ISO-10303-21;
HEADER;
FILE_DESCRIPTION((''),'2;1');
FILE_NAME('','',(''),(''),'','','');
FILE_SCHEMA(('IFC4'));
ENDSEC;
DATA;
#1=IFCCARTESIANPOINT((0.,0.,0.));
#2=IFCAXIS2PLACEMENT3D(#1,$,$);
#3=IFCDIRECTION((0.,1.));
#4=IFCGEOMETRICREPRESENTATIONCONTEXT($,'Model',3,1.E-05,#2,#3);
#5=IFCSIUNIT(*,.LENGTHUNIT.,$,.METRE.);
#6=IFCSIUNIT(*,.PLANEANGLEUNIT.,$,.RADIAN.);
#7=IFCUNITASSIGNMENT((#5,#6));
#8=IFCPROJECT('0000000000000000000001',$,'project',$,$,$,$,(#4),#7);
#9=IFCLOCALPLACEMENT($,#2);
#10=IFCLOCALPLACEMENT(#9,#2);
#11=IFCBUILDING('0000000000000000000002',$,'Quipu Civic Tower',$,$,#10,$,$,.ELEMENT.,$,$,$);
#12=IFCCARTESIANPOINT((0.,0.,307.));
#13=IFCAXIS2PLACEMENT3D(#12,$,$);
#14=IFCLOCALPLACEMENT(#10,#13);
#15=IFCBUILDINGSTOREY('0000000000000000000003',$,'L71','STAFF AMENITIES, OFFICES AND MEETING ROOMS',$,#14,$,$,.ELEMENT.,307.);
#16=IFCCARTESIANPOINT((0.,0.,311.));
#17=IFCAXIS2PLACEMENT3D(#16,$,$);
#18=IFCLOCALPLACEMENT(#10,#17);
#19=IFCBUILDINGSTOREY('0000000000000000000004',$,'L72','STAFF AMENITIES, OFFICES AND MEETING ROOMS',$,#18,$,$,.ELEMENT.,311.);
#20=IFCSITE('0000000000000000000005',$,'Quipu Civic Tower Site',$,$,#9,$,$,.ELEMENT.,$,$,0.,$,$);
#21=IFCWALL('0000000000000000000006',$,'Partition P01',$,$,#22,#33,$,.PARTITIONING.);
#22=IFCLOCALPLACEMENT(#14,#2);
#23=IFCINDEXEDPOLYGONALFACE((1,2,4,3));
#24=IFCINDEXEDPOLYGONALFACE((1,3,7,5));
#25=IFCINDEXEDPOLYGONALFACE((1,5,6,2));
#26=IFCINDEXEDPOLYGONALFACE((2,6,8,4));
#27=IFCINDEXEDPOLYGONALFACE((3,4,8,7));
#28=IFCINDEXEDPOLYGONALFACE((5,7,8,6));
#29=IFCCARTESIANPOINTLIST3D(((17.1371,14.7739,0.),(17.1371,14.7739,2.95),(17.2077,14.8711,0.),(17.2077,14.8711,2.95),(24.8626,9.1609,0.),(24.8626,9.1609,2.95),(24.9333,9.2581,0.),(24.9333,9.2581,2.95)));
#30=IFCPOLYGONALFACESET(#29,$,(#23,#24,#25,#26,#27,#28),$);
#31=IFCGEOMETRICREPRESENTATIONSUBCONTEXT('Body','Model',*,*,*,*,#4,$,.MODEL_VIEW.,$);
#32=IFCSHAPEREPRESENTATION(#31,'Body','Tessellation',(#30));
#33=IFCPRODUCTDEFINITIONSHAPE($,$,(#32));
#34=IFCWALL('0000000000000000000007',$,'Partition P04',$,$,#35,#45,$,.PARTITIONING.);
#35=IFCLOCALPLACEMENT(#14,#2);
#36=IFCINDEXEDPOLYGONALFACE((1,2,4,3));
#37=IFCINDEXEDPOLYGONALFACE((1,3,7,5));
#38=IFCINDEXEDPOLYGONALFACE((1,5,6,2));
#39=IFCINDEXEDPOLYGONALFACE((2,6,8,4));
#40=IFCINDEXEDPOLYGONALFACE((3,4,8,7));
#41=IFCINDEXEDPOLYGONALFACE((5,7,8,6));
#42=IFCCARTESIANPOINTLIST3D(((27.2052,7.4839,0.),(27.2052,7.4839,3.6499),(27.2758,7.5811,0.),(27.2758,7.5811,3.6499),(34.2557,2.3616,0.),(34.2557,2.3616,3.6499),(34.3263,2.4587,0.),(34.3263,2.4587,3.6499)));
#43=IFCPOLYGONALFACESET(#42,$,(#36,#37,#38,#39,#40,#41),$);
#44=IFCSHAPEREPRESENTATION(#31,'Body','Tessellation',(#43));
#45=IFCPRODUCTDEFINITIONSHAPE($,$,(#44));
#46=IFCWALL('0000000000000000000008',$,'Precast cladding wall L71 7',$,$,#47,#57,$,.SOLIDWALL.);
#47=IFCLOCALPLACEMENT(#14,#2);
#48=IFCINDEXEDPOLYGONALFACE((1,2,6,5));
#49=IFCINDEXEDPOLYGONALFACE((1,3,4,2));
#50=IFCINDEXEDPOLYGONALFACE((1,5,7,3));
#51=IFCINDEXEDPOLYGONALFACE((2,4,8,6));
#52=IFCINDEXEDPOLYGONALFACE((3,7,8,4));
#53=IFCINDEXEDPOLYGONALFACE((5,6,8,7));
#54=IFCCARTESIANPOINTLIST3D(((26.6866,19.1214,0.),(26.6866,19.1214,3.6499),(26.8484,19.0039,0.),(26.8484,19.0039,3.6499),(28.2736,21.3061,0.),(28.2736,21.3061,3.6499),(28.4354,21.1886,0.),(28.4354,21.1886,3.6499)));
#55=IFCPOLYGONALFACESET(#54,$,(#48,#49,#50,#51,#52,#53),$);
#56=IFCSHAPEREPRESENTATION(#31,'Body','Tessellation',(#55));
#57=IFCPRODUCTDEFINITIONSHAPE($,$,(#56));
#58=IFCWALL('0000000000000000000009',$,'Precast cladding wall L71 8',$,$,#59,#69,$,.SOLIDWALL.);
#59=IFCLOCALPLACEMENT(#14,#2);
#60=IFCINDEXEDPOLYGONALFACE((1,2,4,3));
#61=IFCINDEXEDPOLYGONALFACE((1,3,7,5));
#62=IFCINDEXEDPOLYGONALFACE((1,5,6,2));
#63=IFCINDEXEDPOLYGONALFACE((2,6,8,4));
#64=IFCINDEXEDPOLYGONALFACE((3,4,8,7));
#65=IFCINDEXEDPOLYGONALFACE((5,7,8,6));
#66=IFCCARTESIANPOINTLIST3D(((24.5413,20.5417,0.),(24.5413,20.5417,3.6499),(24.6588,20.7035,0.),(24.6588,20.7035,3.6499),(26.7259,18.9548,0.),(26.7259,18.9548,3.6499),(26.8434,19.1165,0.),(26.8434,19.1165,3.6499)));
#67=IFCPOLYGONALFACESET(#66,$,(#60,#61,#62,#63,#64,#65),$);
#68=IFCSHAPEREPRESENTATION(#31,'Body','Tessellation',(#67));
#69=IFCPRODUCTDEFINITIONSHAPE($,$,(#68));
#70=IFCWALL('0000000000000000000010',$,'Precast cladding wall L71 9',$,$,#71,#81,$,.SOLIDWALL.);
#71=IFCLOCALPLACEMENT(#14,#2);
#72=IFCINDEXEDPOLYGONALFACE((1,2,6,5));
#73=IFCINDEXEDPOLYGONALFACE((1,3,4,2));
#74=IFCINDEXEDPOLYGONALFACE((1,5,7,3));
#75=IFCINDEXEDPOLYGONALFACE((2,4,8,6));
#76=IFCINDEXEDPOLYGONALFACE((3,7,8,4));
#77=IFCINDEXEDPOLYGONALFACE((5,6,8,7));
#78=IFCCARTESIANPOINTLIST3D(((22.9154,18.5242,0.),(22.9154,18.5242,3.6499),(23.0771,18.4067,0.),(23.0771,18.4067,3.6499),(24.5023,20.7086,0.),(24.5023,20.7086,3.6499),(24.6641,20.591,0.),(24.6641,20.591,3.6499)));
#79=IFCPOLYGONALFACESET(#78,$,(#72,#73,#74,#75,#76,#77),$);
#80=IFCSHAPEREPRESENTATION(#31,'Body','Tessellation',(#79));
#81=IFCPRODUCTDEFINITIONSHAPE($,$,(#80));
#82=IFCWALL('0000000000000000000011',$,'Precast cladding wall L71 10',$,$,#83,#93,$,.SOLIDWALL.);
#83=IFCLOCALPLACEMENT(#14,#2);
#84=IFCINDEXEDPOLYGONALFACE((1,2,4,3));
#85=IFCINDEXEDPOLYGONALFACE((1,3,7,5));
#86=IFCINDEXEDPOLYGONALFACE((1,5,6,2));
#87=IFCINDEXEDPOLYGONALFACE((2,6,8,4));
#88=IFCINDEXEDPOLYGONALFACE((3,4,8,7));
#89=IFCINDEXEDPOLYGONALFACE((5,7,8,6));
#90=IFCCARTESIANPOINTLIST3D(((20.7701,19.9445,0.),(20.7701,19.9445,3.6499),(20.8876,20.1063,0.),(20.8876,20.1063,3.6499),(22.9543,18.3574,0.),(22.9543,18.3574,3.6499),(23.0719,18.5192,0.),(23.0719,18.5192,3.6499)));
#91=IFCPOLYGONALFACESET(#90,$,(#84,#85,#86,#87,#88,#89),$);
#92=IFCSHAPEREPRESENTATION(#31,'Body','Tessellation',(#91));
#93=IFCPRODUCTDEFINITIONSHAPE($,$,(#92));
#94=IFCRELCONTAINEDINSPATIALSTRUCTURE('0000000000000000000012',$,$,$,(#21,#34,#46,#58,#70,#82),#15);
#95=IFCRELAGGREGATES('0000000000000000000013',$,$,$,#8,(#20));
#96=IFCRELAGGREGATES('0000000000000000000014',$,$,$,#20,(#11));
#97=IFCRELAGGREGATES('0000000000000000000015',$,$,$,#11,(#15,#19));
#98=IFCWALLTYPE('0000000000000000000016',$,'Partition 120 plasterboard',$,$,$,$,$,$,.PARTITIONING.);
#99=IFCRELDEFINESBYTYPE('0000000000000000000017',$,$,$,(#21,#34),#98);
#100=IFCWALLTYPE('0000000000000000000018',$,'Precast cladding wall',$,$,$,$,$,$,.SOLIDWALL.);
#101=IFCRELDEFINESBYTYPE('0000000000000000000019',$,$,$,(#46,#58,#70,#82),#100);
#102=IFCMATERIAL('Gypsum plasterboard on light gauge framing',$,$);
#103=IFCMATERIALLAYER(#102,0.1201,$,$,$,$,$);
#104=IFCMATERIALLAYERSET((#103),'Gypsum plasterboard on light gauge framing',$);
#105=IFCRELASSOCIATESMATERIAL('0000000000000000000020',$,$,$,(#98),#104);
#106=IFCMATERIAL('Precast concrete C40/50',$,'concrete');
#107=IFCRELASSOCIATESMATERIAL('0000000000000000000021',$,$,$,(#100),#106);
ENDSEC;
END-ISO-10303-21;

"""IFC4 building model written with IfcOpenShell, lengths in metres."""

from ifc_helpers import new_model, si_unit, direction, frame, frame_2d, origin, place, context, subcontext, project, spatial, rectangle, extrude, material, layer, layer_set, type_object, element, save


model = new_model("IFC4")

# Units and contexts
model_context = context("Model", 3, precision=1e-05, world=origin(), true_north=direction((0.0, 1.0)))
body_context = subcontext(model_context, "Body", "Model", "MODEL_VIEW")
ifc_project = project(units=[si_unit("LENGTHUNIT", "METRE"), si_unit("PLANEANGLEUNIT", "RADIAN")], contexts=[model_context])

# Site, building, storey
site_placement = place(None, origin())
site = spatial("IfcSite", under=ifc_project, at=site_placement, Name="Quipu Civic Tower Site", CompositionType="ELEMENT", RefElevation=0.0)
building_placement = place(site_placement, origin())
building = spatial("IfcBuilding", under=site, at=building_placement, Name="Quipu Civic Tower", CompositionType="ELEMENT")
storey_1_placement = place(building_placement, frame((0.0, 0.0, 307.0)))
storey_1 = spatial("IfcBuildingStorey", under=building, at=storey_1_placement, Name="L71", Description="STAFF AMENITIES, OFFICES AND MEETING ROOMS", CompositionType="ELEMENT", Elevation=307.0)

# Shared definitions
storey_2_placement = place(building_placement, frame((0.0, 0.0, 311.0)))
storey_2 = spatial("IfcBuildingStorey", under=building, at=storey_2_placement, Name="L72", Description="STAFF AMENITIES, OFFICES AND MEETING ROOMS", CompositionType="ELEMENT", Elevation=311.0)

# Walls
ifc_material_1 = material(Name="Gypsum plasterboard on light gauge framing")
ifc_layer_1 = layer(ifc_material_1, 0.1201)
ifc_layer_set_1 = layer_set([ifc_layer_1], Name="Gypsum plasterboard on light gauge framing")
wall_type_1 = type_object("IfcWallType", Name="Partition 120 plasterboard", PredefinedType="PARTITIONING", material=ifc_layer_set_1)
wall_1_placement = place(storey_1_placement, frame((24.8979, 9.2095, 0.0), z_axis=(0.0, 0.0, 1.0), x_axis=(-0.809013, 0.58779, 0.0)))
element("IfcWall", 1, at=wall_1_placement, inside=storey_1, type_object=wall_type_1, Name="Partition P01", PredefinedType="PARTITIONING", context=body_context, shape_type="SweptSolid", body=[
    extrude(rectangle(XDim=9.5493, YDim=0.1201, at=frame_2d((4.7747, 0.0))), origin(), (0.0, 0.0, 1.0), 2.95),
])
wall_2_placement = place(storey_1_placement, frame((27.2405, 7.5325, 0.0), z_axis=(0.0, 0.0, 1.0), x_axis=(0.809028, -0.58777, 0.0)))
element("IfcWall", 2, at=wall_2_placement, inside=storey_1, type_object=wall_type_1, Name="Partition P04", PredefinedType="PARTITIONING", context=body_context, shape_type="SweptSolid", body=[
    extrude(rectangle(XDim=8.7148, YDim=0.1201, at=frame_2d((4.3574, 0.0))), origin(), (0.0, 0.0, 1.0), 3.6499),
])
ifc_material_2 = material(Name="Precast concrete C40/50", Category="concrete")
wall_type_2 = type_object("IfcWallType", Name="Precast cladding wall", PredefinedType="SOLIDWALL", material=ifc_material_2)
for number, where, z_axis, x_axis, name in (
    (3, (28.3545, 21.2473, 0.0), (0.0, 0.0, 1.0), (-0.58772, -0.809064, 0.0), "Precast cladding wall L71 7"),
    (4, (26.7847, 19.0356, 0.0), (0.0, 0.0, 1.0), (-0.809064, 0.58772, 0.0), "Precast cladding wall L71 8"),
):
    element("IfcWall", number, at=place(storey_1_placement, frame(where, z_axis=z_axis, x_axis=x_axis)), inside=storey_1, type_object=wall_type_2, Name=name, PredefinedType="SOLIDWALL", context=body_context, shape_type="SweptSolid", body=[
        extrude(rectangle(XDim=2.7002, YDim=0.2, at=frame_2d((1.3501, 0.0))), origin(), (0.0, 0.0, 1.0), 3.6499),
    ])
for number, where, z_axis, x_axis, name in (
    (5, (24.5833, 20.6499, 0.0), (0.0, 0.0, 1.0), (-0.587763, -0.809033, 0.0), "Precast cladding wall L71 9"),
    (6, (23.0132, 18.4382, 0.0), (0.0, 0.0, 1.0), (-0.80899, 0.587822, 0.0), "Precast cladding wall L71 10"),
):
    element("IfcWall", number, at=place(storey_1_placement, frame(where, z_axis=z_axis, x_axis=x_axis)), inside=storey_1, type_object=wall_type_2, Name=name, PredefinedType="SOLIDWALL", context=body_context, shape_type="SweptSolid", body=[
        extrude(rectangle(XDim=2.7, YDim=0.2, at=frame_2d((1.3501, 0.0))), origin(), (0.0, 0.0, 1.0), 3.6499),
    ])

save(model, "model.ifc")
